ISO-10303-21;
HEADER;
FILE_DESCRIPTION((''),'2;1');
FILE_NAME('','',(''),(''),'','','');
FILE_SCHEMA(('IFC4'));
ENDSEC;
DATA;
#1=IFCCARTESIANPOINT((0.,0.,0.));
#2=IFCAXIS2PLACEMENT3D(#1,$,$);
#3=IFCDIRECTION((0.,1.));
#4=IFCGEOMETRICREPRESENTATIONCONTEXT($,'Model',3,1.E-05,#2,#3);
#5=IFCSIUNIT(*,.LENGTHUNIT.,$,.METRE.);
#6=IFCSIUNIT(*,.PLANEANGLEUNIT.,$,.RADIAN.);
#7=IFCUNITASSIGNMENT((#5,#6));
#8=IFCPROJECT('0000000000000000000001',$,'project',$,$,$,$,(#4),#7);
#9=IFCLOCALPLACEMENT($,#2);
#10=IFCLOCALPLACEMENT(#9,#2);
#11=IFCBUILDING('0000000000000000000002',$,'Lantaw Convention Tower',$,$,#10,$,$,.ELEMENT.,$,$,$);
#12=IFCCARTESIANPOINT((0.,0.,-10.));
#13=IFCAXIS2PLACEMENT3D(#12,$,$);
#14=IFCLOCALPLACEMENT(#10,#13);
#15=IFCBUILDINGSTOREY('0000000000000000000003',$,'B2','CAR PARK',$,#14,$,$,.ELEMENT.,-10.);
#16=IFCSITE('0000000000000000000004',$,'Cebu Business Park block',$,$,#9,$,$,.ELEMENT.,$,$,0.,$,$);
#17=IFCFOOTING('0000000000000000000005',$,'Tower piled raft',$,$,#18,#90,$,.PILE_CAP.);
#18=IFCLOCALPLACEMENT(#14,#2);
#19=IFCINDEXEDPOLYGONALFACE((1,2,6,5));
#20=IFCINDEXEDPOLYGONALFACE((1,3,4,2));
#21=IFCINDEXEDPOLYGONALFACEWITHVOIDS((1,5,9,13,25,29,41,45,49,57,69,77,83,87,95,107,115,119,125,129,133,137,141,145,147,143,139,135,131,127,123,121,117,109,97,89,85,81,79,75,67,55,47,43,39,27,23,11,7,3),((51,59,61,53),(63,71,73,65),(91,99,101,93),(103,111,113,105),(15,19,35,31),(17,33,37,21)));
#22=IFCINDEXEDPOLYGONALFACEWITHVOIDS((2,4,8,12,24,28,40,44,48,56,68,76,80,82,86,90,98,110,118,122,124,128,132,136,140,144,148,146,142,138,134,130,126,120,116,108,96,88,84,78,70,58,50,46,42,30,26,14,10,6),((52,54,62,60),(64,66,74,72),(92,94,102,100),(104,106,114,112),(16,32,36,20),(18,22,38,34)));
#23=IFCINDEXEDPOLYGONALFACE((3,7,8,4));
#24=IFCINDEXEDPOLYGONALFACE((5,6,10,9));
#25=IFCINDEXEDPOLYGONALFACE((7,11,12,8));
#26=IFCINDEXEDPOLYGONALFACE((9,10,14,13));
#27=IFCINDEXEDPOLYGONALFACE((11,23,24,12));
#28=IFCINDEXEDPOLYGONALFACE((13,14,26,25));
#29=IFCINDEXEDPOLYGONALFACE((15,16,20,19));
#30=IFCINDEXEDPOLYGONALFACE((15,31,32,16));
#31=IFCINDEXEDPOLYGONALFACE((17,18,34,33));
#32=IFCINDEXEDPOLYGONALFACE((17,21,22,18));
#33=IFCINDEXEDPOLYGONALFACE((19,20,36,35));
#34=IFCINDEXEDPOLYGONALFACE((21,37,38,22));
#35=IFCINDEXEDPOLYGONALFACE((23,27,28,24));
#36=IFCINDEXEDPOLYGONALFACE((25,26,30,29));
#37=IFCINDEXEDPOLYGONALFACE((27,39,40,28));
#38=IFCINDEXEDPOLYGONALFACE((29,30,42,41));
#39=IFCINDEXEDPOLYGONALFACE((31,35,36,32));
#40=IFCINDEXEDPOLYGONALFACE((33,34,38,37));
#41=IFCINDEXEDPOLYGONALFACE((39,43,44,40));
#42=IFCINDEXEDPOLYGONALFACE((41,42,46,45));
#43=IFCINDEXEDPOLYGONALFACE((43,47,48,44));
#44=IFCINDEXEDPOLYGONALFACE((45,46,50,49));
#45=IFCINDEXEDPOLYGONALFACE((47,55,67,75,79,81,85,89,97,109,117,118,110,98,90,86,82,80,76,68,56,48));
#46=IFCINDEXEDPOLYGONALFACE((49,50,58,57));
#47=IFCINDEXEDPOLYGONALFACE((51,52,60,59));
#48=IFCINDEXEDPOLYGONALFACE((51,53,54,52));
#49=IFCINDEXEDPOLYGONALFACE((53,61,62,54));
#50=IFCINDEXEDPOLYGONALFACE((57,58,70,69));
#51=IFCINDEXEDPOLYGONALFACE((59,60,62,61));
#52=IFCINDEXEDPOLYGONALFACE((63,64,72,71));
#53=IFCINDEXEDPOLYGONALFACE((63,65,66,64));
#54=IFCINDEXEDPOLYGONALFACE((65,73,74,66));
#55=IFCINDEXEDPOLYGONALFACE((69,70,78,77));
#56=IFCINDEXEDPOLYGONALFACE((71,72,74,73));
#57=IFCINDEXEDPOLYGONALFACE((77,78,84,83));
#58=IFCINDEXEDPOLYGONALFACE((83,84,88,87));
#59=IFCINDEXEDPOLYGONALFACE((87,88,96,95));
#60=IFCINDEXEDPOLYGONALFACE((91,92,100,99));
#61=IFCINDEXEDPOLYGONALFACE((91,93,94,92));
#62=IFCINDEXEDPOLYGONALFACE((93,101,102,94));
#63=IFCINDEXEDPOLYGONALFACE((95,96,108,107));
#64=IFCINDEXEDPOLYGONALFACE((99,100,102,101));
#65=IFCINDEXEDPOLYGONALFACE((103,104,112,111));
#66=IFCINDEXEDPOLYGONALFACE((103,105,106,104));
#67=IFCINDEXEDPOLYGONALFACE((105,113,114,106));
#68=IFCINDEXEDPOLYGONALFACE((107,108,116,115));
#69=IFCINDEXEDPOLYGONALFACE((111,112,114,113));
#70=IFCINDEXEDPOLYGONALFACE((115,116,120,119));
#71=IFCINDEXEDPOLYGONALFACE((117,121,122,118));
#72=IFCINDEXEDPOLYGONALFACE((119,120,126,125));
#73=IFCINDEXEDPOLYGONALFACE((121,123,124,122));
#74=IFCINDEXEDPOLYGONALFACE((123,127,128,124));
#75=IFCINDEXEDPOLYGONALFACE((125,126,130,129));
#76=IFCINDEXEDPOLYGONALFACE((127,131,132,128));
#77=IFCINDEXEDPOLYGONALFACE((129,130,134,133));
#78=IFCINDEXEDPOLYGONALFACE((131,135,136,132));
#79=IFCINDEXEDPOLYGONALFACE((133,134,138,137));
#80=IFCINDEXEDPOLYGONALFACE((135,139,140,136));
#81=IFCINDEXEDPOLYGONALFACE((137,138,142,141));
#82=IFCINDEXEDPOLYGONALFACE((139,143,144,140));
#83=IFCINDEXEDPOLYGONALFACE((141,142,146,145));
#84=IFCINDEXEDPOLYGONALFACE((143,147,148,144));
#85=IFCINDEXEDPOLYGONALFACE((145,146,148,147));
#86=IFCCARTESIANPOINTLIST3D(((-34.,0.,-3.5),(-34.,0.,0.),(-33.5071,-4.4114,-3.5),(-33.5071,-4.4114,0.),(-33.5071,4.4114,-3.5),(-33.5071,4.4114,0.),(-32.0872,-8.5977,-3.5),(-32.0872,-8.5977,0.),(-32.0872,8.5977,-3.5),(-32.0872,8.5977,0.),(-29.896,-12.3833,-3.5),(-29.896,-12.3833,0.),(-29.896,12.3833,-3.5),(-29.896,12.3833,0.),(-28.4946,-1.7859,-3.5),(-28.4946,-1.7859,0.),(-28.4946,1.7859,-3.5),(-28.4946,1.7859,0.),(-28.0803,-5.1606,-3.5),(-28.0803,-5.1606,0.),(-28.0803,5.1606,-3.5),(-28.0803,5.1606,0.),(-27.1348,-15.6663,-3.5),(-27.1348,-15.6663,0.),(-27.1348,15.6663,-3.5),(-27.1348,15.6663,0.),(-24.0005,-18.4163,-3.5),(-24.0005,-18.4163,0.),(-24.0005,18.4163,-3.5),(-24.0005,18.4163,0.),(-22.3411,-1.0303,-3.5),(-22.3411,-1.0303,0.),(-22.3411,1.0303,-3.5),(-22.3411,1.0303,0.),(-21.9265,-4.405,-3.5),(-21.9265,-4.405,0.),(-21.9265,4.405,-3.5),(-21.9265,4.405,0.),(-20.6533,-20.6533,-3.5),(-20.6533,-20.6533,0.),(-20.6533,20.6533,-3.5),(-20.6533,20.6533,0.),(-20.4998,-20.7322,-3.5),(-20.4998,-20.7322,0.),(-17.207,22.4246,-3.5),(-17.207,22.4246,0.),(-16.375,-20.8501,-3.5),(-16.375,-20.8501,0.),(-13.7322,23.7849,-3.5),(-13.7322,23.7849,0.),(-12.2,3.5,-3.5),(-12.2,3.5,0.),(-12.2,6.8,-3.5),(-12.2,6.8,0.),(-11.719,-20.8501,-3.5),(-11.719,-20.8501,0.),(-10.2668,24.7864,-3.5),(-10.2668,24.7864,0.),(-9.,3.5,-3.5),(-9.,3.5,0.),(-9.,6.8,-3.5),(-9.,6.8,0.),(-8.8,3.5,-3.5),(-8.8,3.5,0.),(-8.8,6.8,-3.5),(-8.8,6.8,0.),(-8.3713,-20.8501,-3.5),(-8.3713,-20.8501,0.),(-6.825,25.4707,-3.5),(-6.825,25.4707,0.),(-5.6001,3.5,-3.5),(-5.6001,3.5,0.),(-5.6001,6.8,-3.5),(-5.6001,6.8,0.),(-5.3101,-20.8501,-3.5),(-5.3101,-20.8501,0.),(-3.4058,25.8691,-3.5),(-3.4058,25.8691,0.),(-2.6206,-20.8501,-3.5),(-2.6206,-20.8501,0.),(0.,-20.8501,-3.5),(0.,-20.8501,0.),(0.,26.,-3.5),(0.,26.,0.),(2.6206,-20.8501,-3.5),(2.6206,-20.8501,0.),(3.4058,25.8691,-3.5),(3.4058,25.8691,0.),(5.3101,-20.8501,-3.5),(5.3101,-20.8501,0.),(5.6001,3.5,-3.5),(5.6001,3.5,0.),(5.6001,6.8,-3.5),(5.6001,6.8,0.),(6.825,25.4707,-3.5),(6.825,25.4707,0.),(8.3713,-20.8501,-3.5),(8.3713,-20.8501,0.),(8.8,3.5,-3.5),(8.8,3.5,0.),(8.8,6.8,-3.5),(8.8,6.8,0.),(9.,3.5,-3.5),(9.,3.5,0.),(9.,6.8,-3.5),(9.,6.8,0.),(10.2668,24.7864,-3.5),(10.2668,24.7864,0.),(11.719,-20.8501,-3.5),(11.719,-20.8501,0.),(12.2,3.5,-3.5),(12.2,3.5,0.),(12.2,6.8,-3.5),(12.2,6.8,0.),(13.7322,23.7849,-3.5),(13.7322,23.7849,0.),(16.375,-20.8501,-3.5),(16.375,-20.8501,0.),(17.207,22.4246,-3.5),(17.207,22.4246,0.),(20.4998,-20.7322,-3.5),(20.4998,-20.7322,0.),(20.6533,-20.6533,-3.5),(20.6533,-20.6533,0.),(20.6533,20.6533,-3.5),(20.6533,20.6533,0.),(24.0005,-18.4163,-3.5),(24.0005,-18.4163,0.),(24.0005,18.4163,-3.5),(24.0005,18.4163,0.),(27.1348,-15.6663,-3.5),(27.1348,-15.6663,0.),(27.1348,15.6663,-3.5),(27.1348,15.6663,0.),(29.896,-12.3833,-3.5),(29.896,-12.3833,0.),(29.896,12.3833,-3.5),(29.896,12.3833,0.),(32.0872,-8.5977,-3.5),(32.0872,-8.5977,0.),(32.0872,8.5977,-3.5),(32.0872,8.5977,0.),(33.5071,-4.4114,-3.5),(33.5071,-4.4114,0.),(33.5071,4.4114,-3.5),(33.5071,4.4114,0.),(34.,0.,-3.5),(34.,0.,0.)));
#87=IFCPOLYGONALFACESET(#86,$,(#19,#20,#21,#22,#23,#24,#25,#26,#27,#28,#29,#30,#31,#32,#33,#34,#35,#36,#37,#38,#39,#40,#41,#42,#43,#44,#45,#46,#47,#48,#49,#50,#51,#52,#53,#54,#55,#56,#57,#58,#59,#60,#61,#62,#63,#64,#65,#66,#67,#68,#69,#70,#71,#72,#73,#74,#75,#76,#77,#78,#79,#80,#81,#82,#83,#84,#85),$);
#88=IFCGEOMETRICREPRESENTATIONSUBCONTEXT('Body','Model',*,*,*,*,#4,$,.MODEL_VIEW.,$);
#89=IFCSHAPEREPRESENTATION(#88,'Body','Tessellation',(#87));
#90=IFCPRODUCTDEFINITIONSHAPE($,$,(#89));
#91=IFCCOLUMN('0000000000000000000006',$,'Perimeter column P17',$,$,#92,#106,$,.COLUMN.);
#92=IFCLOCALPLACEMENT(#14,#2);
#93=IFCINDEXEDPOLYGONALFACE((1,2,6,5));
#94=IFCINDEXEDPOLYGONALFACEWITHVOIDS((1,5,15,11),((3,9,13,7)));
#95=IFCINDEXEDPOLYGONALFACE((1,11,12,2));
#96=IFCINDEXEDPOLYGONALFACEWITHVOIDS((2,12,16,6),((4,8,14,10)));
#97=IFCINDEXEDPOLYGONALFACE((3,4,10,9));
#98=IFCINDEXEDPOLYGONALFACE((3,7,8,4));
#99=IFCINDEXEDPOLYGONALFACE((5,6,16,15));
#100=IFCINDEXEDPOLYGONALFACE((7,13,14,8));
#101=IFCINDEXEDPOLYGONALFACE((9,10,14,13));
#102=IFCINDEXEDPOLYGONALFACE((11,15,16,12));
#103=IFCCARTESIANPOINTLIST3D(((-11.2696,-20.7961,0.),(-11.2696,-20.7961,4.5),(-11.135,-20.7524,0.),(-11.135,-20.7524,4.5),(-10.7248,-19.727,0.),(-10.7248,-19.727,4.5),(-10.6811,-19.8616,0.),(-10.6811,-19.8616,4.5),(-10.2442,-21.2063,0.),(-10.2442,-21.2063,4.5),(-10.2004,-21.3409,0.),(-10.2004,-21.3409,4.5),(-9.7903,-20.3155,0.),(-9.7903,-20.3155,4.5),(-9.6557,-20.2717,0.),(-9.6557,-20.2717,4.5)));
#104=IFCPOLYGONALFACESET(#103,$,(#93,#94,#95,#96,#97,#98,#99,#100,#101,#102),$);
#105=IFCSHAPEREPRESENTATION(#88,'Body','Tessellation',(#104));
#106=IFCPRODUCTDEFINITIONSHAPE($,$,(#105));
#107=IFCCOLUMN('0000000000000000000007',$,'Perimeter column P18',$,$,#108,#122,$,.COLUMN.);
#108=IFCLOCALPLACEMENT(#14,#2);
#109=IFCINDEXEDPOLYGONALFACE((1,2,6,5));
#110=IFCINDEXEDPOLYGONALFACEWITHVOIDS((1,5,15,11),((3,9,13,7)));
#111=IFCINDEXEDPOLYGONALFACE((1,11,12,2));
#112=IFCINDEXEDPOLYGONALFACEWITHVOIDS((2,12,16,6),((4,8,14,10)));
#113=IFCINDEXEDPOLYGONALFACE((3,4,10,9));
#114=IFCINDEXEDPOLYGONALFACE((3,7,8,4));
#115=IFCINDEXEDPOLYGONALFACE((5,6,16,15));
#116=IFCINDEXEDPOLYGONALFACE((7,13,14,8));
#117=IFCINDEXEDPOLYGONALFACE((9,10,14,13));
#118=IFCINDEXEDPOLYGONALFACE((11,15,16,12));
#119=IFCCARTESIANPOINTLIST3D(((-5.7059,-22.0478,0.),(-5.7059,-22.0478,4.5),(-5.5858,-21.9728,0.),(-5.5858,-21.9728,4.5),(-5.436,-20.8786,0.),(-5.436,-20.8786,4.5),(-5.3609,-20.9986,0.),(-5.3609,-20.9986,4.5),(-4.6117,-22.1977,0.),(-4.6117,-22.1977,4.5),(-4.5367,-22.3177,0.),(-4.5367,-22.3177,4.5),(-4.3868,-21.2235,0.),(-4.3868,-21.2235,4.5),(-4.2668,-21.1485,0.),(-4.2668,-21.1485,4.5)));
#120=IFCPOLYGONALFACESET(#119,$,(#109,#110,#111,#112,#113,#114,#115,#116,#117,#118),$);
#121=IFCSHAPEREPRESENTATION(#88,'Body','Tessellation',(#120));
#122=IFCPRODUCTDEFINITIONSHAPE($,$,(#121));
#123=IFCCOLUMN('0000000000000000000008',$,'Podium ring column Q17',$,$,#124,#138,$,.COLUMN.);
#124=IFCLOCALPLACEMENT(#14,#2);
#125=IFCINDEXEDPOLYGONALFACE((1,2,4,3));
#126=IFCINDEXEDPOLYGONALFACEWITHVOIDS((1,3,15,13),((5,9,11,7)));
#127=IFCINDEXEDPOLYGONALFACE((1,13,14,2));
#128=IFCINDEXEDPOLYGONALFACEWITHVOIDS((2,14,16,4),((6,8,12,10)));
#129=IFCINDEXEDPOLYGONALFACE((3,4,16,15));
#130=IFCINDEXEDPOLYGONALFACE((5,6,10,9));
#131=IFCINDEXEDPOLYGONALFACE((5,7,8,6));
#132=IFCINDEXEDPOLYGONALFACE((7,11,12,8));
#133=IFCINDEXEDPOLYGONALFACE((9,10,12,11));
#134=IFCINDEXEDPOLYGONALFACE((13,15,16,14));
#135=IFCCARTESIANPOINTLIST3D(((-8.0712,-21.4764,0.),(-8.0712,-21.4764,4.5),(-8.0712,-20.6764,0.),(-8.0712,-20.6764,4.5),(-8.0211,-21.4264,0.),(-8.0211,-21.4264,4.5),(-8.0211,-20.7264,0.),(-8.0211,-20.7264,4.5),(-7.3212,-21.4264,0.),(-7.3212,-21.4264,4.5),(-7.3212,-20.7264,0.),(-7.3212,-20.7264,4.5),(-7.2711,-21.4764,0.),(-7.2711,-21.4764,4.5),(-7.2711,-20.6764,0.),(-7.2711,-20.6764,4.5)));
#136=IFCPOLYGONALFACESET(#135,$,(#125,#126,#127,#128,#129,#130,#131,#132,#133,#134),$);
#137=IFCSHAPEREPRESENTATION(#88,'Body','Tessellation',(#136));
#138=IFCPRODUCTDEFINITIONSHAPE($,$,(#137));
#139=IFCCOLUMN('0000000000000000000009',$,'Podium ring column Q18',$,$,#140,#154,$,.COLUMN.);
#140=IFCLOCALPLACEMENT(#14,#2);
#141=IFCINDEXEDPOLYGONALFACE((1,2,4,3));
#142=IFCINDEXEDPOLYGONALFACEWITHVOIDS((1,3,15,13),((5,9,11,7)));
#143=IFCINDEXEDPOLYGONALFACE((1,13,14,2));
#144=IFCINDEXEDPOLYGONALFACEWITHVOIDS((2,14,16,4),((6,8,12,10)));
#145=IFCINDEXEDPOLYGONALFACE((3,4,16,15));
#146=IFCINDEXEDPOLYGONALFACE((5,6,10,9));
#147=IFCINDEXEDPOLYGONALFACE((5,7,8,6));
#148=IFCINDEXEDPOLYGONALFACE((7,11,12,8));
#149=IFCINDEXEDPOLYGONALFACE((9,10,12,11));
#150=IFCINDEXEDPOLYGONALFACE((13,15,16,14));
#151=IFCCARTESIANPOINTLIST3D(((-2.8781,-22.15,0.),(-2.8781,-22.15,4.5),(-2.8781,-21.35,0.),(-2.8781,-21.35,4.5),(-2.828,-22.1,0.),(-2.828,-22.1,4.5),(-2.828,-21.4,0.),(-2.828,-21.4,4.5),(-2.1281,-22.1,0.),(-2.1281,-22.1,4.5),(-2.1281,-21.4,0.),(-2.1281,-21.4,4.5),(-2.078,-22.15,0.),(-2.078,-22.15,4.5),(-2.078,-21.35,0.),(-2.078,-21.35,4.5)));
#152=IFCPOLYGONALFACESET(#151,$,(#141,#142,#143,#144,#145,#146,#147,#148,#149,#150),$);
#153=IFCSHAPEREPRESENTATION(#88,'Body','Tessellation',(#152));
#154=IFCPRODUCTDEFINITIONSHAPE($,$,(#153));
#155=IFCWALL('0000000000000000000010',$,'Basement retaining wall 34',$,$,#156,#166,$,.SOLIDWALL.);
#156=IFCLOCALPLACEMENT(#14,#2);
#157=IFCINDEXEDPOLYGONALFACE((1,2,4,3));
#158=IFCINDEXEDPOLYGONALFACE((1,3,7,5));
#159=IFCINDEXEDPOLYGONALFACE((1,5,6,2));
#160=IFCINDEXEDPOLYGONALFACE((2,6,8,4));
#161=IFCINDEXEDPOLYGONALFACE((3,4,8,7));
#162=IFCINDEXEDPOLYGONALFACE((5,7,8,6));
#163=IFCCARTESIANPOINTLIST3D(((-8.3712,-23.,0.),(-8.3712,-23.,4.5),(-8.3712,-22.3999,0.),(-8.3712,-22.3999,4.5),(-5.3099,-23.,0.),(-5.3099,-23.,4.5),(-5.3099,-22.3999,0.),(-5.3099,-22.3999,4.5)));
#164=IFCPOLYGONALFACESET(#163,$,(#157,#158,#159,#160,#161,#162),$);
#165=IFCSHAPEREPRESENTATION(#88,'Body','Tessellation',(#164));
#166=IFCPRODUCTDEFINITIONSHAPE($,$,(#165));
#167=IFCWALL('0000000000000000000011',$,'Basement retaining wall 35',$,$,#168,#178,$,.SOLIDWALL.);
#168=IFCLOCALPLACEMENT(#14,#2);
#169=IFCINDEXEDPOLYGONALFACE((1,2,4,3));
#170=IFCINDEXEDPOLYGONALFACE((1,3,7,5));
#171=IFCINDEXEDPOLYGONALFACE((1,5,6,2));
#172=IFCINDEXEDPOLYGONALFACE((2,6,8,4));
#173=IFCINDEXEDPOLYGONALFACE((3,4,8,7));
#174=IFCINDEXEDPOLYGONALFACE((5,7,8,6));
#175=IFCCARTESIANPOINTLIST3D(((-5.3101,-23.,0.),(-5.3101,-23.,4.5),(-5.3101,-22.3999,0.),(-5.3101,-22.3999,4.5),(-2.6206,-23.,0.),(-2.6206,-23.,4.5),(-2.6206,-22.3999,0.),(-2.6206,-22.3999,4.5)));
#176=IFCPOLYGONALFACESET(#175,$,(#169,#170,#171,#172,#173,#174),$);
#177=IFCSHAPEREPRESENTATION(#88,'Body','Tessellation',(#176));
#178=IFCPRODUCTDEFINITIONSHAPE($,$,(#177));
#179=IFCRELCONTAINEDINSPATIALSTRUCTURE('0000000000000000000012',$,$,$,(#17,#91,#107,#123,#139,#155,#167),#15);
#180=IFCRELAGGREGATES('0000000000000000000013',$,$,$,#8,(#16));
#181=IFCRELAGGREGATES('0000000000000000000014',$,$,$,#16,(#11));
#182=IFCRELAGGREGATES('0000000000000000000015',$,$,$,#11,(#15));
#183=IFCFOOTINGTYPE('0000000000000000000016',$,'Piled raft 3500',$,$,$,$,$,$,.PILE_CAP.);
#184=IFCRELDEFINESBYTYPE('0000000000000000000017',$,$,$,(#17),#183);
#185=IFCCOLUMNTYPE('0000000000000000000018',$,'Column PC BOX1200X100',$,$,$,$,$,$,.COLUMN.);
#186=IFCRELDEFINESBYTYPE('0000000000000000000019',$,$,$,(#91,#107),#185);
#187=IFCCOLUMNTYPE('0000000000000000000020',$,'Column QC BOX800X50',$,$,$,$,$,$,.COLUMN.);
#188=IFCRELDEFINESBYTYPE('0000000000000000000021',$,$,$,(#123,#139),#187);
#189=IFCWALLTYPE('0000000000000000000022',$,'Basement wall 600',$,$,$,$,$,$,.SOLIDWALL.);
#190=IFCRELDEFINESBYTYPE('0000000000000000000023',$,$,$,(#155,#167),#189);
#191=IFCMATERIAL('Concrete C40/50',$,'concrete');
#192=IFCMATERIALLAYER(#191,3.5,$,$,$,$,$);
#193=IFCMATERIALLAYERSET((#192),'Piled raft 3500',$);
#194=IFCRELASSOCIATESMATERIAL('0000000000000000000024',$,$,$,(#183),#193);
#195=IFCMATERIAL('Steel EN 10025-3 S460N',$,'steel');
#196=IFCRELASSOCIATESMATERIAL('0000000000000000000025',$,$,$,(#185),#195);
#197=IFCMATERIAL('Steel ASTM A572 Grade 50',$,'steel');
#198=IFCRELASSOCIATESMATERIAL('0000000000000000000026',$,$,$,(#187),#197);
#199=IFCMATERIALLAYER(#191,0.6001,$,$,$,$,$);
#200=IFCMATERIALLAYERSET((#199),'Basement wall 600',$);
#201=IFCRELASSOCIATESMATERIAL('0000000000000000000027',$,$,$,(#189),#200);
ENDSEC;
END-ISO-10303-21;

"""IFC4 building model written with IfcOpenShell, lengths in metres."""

from ifc_helpers import new_model, si_unit, direction, frame, frame_2d, origin, origin_2d, place, context, subcontext, project, spatial, polyline, rectangle, hollow_rectangle, outline, extrude, material, layer, layer_set, material_profile, profile_set, type_object, element, save


model = new_model("IFC4")

# Units and contexts
model_context = context("Model", 3, precision=1e-05, world=origin(), true_north=direction((0.0, 1.0)))
body_context = subcontext(model_context, "Body", "Model", "MODEL_VIEW")
ifc_project = project(units=[si_unit("LENGTHUNIT", "METRE"), si_unit("PLANEANGLEUNIT", "RADIAN")], contexts=[model_context])

# Site, building, storey
site_placement = place(None, origin())
site = spatial("IfcSite", under=ifc_project, at=site_placement, Name="Cebu Business Park block", CompositionType="ELEMENT", RefElevation=0.0)
building_placement = place(site_placement, origin())
building = spatial("IfcBuilding", under=site, at=building_placement, Name="Lantaw Convention Tower", CompositionType="ELEMENT")
storey_placement = place(building_placement, frame((0.0, 0.0, -10.0)))
storey = spatial("IfcBuildingStorey", under=building, at=storey_placement, Name="B2", Description="CAR PARK", CompositionType="ELEMENT", Elevation=-10.0)

# Footing
ifc_material_1 = material(Name="Concrete C40/50", Category="concrete")
ifc_layer_1 = layer(ifc_material_1, 3.5)
ifc_layer_set_1 = layer_set([ifc_layer_1], Name="Piled raft 3500")
footing_type = type_object("IfcFootingType", Name="Piled raft 3500", PredefinedType="PILE_CAP", material=ifc_layer_set_1)
footing_placement = place(storey_placement, frame((0.0, 0.0, -3.5)))
element("IfcFooting", 1, at=footing_placement, inside=storey, type_object=footing_type, Name="Tower piled raft", PredefinedType="PILE_CAP", context=body_context, shape_type="SweptSolid", body=[
    extrude(outline(polyline([(-20.6533, -20.6533), (-20.4998, -20.7322), (-16.375, -20.8501), (-11.719, -20.8501), (-8.3713, -20.8501), (-5.3101, -20.8501), (-2.6206, -20.8501), (0.0, -20.8501), (2.6206, -20.8501), (5.3101, -20.8501), (8.3713, -20.8501), (11.719, -20.8501), (16.375, -20.8501), (20.4998, -20.7322), (20.6533, -20.6533), (24.0005, -18.4163), (27.1348, -15.6663), (29.896, -12.3833), (32.0872, -8.5977), (33.5071, -4.4114), (34.0, 0.0), (33.5071, 4.4114), (32.0872, 8.5977), (29.896, 12.3833), (27.1348, 15.6663), (24.0005, 18.4163), (20.6533, 20.6533), (17.207, 22.4246), (13.7322, 23.7849), (10.2668, 24.7864), (6.825, 25.4707), (3.4058, 25.8691), (0.0, 26.0), (-3.4058, 25.8691), (-6.825, 25.4707), (-10.2668, 24.7864), (-13.7322, 23.7849), (-17.207, 22.4246), (-20.6533, 20.6533), (-24.0005, 18.4163), (-27.1348, 15.6663), (-29.896, 12.3833), (-32.0872, 8.5977), (-33.5071, 4.4114), (-34.0, 0.0), (-33.5071, -4.4114), (-32.0872, -8.5977), (-29.896, -12.3833), (-27.1348, -15.6663), (-24.0005, -18.4163), (-20.6533, -20.6533)]), holes=[polyline([(-8.8, 3.5), (-5.6001, 3.5), (-5.6001, 6.8), (-8.8, 6.8), (-8.8, 3.5)]), polyline([(-12.2, 3.5), (-9.0, 3.5), (-9.0, 6.8), (-12.2, 6.8), (-12.2, 3.5)]), polyline([(5.6001, 3.5), (8.8, 3.5), (8.8, 6.8), (5.6001, 6.8), (5.6001, 3.5)]), polyline([(9.0, 3.5), (12.2, 3.5), (12.2, 6.8), (9.0, 6.8), (9.0, 3.5)]), polyline([(-21.9265, 4.405), (-28.0803, 5.1606), (-28.4946, 1.7859), (-22.3411, 1.0303), (-21.9265, 4.405)]), polyline([(-22.3411, -1.0303), (-28.4946, -1.7859), (-28.0803, -5.1606), (-21.9265, -4.405), (-22.3411, -1.0303)])]), origin(), (0.0, 0.0, 1.0), 3.5),
])

# Columns
ifc_material_2 = material(Name="Steel EN 10025-3 S460N", Category="steel")
ifc_material_profile_1 = material_profile(ifc_material_2, hollow_rectangle(XDim=1.2, YDim=1.2, WallThickness=0.1001, at=origin_2d()), Name="BOX1200X100")
ifc_material_3 = material(Name="Concrete C60/75", Category="concrete")
ifc_material_profile_2 = material_profile(ifc_material_3, rectangle(XDim=1.0, YDim=1.0, at=origin_2d()), Name="Concrete fill of BOX1200X100")
ifc_profile_set_1 = profile_set([ifc_material_profile_1, ifc_material_profile_2], Name="Steel EN 10025-3 S460N")
column_type_1 = type_object("IfcColumnType", Name="Column PC BOX1200X100", PredefinedType="COLUMN", material=ifc_profile_set_1)
for number, where, z_axis, x_axis, name in (
    (2, (-10.4626, -20.5339, 0.0), (0.0, 0.0, 1.0), (0.45399, 0.891007, 0.0), "Perimeter column P17"),
    (3, (-4.9863, -21.5981, 0.0), (0.0, 0.0, 1.0), (0.224951, 0.97437, 0.0), "Perimeter column P18"),
):
    element("IfcColumn", number, at=place(storey_placement, frame(where, z_axis=z_axis, x_axis=x_axis)), inside=storey, type_object=column_type_1, Name=name, PredefinedType="COLUMN", context=body_context, shape_type="SweptSolid", body=[
        extrude(hollow_rectangle(XDim=1.2, YDim=1.2, WallThickness=0.1001, at=origin_2d()), origin(), (0.0, 0.0, 1.0), 4.5),
    ])
ifc_material_4 = material(Name="Steel ASTM A572 Grade 50", Category="steel")
ifc_material_profile_3 = material_profile(ifc_material_4, hollow_rectangle(XDim=0.8, YDim=0.8, WallThickness=0.05, at=origin_2d()), Name="BOX800X50")
ifc_profile_set_2 = profile_set([ifc_material_profile_3], Name="Steel ASTM A572 Grade 50")
column_type_2 = type_object("IfcColumnType", Name="Column QC BOX800X50", PredefinedType="COLUMN", material=ifc_profile_set_2)
for number, where, z_axis, x_axis, name in (
    (4, (-7.6711, -21.0764, 0.0), (0.0, 0.0, 1.0), (1.0, 0.0, 0.0), "Podium ring column Q17"),
    (5, (-2.478, -21.75, 0.0), (0.0, 0.0, 1.0), (1.0, 0.0, 0.0), "Podium ring column Q18"),
):
    element("IfcColumn", number, at=place(storey_placement, frame(where, z_axis=z_axis, x_axis=x_axis)), inside=storey, type_object=column_type_2, Name=name, PredefinedType="COLUMN", context=body_context, shape_type="SweptSolid", body=[
        extrude(hollow_rectangle(XDim=0.8, YDim=0.8, WallThickness=0.05, at=origin_2d()), origin(), (0.0, 0.0, 1.0), 4.5),
    ])

# Walls
ifc_layer_2 = layer(ifc_material_1, 0.6001)
ifc_layer_set_2 = layer_set([ifc_layer_2], Name="Basement wall 600")
wall_type_1 = type_object("IfcWallType", Name="Basement wall 600", PredefinedType="SOLIDWALL", material=ifc_layer_set_2)
wall_1_placement = place(storey_placement, frame((-8.3713, -22.7, 0.0), z_axis=(0.0, 0.0, 1.0), x_axis=(1.0, 0.0, 0.0)))
element("IfcWall", 6, at=wall_1_placement, inside=storey, type_object=wall_type_1, Name="Basement retaining wall 34", PredefinedType="SOLIDWALL", context=body_context, shape_type="SweptSolid", body=[
    extrude(rectangle(XDim=3.0613, YDim=0.6001, at=frame_2d((1.5308, 0.0))), origin(), (0.0, 0.0, 1.0), 4.5),
])
wall_2_placement = place(storey_placement, frame((-5.3101, -22.7, 0.0), z_axis=(0.0, 0.0, 1.0), x_axis=(1.0, 0.0, 0.0)))
element("IfcWall", 7, at=wall_2_placement, inside=storey, type_object=wall_type_1, Name="Basement retaining wall 35", PredefinedType="SOLIDWALL", context=body_context, shape_type="SweptSolid", body=[
    extrude(rectangle(XDim=2.6895, YDim=0.6001, at=frame_2d((1.3447, 0.0))), origin(), (0.0, 0.0, 1.0), 4.5),
])

save(model, "model.ifc")
